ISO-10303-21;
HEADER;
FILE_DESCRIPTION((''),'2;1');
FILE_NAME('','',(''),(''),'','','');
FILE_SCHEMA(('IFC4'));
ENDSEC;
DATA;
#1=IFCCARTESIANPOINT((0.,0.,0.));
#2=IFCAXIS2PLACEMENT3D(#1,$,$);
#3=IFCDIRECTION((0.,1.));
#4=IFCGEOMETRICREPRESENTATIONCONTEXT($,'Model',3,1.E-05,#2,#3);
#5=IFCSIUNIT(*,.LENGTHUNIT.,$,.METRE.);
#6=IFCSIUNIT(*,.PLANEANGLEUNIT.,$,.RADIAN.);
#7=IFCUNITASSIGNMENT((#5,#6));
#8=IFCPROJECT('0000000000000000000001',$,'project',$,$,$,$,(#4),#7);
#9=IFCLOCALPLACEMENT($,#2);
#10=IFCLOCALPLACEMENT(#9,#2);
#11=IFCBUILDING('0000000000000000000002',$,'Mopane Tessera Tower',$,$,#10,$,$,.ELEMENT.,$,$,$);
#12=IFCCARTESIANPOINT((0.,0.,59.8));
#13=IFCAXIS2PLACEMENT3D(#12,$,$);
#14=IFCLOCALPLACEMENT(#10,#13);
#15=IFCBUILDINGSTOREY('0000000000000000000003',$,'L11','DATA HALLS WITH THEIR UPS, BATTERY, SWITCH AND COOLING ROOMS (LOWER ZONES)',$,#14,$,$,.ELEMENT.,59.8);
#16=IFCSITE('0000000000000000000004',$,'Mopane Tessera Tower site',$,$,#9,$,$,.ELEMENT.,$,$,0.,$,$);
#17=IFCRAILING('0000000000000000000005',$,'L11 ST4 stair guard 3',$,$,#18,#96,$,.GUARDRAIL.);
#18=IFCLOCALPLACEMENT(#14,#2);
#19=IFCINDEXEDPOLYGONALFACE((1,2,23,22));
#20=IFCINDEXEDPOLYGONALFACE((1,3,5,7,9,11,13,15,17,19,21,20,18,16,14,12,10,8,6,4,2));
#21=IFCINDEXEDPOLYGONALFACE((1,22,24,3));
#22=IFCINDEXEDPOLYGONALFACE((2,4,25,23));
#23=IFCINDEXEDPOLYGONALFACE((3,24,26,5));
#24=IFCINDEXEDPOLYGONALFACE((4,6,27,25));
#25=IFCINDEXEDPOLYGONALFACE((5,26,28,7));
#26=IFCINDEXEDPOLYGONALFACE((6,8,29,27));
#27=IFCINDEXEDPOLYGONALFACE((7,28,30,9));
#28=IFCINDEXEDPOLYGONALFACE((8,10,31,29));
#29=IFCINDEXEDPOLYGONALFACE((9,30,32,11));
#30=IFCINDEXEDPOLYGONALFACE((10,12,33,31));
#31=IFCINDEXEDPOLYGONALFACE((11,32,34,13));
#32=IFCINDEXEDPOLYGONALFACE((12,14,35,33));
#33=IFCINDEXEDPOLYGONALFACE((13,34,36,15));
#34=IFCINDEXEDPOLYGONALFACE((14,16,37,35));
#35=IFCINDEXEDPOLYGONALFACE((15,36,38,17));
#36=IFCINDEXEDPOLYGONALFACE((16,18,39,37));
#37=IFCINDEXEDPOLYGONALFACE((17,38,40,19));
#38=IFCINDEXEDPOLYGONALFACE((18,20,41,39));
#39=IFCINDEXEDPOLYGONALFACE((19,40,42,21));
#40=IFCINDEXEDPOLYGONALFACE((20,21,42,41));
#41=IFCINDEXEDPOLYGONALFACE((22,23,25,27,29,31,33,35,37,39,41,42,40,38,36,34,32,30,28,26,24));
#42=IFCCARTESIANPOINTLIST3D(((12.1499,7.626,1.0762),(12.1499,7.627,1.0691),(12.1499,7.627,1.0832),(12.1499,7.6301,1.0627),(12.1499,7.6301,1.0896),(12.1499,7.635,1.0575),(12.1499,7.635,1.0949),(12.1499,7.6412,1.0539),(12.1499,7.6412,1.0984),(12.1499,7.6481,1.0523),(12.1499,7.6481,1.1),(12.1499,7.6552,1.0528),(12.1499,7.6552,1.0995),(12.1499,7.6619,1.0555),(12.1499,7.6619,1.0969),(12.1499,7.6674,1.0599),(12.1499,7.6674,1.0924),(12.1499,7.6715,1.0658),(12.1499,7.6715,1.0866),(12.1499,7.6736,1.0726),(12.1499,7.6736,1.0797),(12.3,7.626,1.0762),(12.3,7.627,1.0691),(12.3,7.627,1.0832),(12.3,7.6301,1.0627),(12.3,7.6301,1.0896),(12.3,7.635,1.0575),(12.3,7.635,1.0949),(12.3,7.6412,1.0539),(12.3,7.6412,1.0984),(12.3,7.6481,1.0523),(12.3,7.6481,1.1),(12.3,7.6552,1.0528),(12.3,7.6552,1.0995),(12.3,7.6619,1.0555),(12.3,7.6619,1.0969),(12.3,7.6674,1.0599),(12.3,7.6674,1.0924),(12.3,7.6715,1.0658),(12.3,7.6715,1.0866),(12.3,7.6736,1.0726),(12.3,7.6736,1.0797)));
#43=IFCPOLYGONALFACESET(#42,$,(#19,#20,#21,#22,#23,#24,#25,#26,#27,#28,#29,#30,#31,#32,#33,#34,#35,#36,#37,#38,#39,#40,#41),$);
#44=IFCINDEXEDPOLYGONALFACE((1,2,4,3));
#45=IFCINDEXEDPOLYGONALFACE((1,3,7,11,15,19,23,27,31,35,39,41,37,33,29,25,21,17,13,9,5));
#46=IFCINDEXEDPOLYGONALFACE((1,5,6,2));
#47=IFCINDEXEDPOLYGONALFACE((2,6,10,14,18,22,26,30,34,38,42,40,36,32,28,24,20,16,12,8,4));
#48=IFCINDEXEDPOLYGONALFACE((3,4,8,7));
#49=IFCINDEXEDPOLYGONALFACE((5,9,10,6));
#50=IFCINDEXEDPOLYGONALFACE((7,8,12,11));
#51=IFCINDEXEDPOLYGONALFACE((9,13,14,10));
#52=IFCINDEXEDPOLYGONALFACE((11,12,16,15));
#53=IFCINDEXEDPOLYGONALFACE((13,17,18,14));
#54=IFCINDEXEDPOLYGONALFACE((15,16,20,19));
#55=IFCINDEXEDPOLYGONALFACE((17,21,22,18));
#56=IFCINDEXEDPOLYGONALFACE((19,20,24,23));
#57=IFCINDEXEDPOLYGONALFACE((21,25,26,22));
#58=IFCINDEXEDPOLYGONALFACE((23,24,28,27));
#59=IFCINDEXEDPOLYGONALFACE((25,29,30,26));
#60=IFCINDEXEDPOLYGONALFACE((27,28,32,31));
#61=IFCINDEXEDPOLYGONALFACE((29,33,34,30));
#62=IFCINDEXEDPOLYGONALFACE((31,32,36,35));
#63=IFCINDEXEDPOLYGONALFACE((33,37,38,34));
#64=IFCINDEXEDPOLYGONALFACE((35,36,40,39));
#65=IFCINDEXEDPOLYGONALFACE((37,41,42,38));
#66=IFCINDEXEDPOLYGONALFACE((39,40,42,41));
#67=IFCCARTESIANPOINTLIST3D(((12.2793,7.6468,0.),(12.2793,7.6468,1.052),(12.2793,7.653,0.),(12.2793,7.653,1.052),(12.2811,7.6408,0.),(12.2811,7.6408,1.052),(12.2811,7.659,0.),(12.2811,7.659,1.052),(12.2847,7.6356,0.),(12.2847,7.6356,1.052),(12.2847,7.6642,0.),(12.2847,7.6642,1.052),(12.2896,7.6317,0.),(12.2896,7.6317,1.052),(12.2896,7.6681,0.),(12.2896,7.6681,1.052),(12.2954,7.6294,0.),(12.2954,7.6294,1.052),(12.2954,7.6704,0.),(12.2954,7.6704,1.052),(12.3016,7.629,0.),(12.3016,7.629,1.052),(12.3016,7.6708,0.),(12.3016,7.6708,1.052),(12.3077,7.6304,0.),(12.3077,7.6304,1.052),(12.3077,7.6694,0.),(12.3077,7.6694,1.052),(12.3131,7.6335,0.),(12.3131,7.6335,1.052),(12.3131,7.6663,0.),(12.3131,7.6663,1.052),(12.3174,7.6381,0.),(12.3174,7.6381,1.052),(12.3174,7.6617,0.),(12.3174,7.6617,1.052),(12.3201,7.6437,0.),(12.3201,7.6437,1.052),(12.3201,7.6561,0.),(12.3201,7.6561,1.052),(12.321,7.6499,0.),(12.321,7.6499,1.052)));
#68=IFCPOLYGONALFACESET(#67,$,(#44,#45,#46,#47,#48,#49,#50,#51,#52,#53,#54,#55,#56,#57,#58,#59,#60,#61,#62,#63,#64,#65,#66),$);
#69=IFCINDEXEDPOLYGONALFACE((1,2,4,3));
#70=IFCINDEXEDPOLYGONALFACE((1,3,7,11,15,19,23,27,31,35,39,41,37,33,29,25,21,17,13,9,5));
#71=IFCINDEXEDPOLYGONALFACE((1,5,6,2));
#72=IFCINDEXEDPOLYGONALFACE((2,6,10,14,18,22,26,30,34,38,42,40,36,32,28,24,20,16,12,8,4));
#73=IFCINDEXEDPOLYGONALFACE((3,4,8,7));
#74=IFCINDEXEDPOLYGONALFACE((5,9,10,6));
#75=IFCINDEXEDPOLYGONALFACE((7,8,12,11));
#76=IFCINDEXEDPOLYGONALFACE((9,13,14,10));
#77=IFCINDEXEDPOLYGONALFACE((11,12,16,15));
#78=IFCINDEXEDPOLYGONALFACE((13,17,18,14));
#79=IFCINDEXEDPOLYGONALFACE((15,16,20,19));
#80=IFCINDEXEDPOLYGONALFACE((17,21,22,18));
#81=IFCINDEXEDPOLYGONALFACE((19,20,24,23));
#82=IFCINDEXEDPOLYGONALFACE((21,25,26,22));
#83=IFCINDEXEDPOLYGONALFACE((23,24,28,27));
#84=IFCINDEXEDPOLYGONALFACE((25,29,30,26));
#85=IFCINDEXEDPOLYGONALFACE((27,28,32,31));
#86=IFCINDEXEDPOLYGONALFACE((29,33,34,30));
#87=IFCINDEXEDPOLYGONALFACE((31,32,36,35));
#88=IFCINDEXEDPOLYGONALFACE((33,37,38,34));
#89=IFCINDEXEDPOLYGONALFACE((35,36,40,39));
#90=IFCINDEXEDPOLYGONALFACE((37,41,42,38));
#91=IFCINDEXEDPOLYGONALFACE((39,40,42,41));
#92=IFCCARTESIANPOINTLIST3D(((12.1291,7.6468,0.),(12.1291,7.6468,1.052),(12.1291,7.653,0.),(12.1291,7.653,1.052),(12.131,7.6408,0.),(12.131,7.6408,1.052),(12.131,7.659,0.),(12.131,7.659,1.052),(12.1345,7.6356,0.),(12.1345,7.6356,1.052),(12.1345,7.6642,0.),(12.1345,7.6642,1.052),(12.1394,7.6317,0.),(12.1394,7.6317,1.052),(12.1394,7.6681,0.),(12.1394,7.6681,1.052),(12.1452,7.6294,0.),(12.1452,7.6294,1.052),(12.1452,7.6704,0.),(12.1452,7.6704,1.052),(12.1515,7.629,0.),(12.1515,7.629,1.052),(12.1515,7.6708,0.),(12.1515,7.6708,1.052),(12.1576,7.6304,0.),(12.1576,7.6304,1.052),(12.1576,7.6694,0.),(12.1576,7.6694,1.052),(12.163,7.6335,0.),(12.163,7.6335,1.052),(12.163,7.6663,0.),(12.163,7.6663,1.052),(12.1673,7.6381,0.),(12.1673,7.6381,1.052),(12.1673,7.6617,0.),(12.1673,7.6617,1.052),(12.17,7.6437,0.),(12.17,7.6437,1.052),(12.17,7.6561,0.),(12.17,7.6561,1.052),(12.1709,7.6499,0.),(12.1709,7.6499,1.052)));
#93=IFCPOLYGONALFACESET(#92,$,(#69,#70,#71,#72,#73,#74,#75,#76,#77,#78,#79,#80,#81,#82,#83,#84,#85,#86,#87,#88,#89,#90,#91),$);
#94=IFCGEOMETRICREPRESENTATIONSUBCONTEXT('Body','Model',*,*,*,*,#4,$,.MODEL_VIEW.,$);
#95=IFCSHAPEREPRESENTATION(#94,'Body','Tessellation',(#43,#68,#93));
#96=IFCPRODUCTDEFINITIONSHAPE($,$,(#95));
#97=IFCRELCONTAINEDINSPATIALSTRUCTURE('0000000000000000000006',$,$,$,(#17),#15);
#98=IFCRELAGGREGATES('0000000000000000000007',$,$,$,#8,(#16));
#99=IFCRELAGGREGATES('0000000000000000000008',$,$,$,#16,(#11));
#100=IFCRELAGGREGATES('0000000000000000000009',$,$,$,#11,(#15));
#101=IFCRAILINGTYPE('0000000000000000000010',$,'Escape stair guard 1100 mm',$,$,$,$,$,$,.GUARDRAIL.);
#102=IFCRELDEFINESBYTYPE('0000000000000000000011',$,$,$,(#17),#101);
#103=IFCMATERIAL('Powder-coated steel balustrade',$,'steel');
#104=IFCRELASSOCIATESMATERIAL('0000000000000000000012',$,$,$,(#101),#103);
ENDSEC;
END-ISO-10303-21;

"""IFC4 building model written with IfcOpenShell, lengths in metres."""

from ifc_helpers import new_model, si_unit, direction, frame, origin, origin_2d, place, context, subcontext, project, spatial, circle, extrude, material, type_object, element, save


model = new_model("IFC4")

# Units and contexts
model_context = context("Model", 3, precision=1e-05, world=origin(), true_north=direction((0.0, 1.0)))
body_context = subcontext(model_context, "Body", "Model", "MODEL_VIEW")
ifc_project = project(units=[si_unit("LENGTHUNIT", "METRE"), si_unit("PLANEANGLEUNIT", "RADIAN")], contexts=[model_context])

# Site, building, storey
site_placement = place(None, origin())
site = spatial("IfcSite", under=ifc_project, at=site_placement, Name="Mopane Tessera Tower site", CompositionType="ELEMENT", RefElevation=0.0)
building_placement = place(site_placement, origin())
building = spatial("IfcBuilding", under=site, at=building_placement, Name="Mopane Tessera Tower", CompositionType="ELEMENT")
storey_placement = place(building_placement, frame((0.0, 0.0, 59.8)))
storey = spatial("IfcBuildingStorey", under=building, at=storey_placement, Name="L11", Description="DATA HALLS WITH THEIR UPS, BATTERY, SWITCH AND COOLING ROOMS (LOWER ZONES)", CompositionType="ELEMENT", Elevation=59.8)

# Railing
ifc_material_1 = material(Name="Powder-coated steel balustrade", Category="steel")
railing_type_1 = type_object("IfcRailingType", Name="Escape stair guard 1100 mm", PredefinedType="GUARDRAIL", material=ifc_material_1)
railing_1_placement = place(storey_placement, frame((12.3, 7.6499, 0.0)))
element("IfcRailing", 1, at=railing_1_placement, inside=storey, type_object=railing_type_1, Name="L11 ST4 stair guard 3", PredefinedType="GUARDRAIL", context=body_context, shape_type="SweptSolid", body=[
    extrude(circle(Radius=0.0239, at=origin_2d()), frame((0.0, 0.0, 1.0762), z_axis=(-1.0, 0.0, 0.0), x_axis=(0.0, -1.0, 0.0)), (0.0, 0.0, 1.0), 0.1501),
    extrude(circle(Radius=0.021, at=origin_2d()), origin(), (0.0, 0.0, 1.0), 1.052),
    extrude(circle(Radius=0.021, at=origin_2d()), frame((-0.1501, 0.0, 0.0)), (0.0, 0.0, 1.0), 1.052),
])

save(model, "model.ifc")
